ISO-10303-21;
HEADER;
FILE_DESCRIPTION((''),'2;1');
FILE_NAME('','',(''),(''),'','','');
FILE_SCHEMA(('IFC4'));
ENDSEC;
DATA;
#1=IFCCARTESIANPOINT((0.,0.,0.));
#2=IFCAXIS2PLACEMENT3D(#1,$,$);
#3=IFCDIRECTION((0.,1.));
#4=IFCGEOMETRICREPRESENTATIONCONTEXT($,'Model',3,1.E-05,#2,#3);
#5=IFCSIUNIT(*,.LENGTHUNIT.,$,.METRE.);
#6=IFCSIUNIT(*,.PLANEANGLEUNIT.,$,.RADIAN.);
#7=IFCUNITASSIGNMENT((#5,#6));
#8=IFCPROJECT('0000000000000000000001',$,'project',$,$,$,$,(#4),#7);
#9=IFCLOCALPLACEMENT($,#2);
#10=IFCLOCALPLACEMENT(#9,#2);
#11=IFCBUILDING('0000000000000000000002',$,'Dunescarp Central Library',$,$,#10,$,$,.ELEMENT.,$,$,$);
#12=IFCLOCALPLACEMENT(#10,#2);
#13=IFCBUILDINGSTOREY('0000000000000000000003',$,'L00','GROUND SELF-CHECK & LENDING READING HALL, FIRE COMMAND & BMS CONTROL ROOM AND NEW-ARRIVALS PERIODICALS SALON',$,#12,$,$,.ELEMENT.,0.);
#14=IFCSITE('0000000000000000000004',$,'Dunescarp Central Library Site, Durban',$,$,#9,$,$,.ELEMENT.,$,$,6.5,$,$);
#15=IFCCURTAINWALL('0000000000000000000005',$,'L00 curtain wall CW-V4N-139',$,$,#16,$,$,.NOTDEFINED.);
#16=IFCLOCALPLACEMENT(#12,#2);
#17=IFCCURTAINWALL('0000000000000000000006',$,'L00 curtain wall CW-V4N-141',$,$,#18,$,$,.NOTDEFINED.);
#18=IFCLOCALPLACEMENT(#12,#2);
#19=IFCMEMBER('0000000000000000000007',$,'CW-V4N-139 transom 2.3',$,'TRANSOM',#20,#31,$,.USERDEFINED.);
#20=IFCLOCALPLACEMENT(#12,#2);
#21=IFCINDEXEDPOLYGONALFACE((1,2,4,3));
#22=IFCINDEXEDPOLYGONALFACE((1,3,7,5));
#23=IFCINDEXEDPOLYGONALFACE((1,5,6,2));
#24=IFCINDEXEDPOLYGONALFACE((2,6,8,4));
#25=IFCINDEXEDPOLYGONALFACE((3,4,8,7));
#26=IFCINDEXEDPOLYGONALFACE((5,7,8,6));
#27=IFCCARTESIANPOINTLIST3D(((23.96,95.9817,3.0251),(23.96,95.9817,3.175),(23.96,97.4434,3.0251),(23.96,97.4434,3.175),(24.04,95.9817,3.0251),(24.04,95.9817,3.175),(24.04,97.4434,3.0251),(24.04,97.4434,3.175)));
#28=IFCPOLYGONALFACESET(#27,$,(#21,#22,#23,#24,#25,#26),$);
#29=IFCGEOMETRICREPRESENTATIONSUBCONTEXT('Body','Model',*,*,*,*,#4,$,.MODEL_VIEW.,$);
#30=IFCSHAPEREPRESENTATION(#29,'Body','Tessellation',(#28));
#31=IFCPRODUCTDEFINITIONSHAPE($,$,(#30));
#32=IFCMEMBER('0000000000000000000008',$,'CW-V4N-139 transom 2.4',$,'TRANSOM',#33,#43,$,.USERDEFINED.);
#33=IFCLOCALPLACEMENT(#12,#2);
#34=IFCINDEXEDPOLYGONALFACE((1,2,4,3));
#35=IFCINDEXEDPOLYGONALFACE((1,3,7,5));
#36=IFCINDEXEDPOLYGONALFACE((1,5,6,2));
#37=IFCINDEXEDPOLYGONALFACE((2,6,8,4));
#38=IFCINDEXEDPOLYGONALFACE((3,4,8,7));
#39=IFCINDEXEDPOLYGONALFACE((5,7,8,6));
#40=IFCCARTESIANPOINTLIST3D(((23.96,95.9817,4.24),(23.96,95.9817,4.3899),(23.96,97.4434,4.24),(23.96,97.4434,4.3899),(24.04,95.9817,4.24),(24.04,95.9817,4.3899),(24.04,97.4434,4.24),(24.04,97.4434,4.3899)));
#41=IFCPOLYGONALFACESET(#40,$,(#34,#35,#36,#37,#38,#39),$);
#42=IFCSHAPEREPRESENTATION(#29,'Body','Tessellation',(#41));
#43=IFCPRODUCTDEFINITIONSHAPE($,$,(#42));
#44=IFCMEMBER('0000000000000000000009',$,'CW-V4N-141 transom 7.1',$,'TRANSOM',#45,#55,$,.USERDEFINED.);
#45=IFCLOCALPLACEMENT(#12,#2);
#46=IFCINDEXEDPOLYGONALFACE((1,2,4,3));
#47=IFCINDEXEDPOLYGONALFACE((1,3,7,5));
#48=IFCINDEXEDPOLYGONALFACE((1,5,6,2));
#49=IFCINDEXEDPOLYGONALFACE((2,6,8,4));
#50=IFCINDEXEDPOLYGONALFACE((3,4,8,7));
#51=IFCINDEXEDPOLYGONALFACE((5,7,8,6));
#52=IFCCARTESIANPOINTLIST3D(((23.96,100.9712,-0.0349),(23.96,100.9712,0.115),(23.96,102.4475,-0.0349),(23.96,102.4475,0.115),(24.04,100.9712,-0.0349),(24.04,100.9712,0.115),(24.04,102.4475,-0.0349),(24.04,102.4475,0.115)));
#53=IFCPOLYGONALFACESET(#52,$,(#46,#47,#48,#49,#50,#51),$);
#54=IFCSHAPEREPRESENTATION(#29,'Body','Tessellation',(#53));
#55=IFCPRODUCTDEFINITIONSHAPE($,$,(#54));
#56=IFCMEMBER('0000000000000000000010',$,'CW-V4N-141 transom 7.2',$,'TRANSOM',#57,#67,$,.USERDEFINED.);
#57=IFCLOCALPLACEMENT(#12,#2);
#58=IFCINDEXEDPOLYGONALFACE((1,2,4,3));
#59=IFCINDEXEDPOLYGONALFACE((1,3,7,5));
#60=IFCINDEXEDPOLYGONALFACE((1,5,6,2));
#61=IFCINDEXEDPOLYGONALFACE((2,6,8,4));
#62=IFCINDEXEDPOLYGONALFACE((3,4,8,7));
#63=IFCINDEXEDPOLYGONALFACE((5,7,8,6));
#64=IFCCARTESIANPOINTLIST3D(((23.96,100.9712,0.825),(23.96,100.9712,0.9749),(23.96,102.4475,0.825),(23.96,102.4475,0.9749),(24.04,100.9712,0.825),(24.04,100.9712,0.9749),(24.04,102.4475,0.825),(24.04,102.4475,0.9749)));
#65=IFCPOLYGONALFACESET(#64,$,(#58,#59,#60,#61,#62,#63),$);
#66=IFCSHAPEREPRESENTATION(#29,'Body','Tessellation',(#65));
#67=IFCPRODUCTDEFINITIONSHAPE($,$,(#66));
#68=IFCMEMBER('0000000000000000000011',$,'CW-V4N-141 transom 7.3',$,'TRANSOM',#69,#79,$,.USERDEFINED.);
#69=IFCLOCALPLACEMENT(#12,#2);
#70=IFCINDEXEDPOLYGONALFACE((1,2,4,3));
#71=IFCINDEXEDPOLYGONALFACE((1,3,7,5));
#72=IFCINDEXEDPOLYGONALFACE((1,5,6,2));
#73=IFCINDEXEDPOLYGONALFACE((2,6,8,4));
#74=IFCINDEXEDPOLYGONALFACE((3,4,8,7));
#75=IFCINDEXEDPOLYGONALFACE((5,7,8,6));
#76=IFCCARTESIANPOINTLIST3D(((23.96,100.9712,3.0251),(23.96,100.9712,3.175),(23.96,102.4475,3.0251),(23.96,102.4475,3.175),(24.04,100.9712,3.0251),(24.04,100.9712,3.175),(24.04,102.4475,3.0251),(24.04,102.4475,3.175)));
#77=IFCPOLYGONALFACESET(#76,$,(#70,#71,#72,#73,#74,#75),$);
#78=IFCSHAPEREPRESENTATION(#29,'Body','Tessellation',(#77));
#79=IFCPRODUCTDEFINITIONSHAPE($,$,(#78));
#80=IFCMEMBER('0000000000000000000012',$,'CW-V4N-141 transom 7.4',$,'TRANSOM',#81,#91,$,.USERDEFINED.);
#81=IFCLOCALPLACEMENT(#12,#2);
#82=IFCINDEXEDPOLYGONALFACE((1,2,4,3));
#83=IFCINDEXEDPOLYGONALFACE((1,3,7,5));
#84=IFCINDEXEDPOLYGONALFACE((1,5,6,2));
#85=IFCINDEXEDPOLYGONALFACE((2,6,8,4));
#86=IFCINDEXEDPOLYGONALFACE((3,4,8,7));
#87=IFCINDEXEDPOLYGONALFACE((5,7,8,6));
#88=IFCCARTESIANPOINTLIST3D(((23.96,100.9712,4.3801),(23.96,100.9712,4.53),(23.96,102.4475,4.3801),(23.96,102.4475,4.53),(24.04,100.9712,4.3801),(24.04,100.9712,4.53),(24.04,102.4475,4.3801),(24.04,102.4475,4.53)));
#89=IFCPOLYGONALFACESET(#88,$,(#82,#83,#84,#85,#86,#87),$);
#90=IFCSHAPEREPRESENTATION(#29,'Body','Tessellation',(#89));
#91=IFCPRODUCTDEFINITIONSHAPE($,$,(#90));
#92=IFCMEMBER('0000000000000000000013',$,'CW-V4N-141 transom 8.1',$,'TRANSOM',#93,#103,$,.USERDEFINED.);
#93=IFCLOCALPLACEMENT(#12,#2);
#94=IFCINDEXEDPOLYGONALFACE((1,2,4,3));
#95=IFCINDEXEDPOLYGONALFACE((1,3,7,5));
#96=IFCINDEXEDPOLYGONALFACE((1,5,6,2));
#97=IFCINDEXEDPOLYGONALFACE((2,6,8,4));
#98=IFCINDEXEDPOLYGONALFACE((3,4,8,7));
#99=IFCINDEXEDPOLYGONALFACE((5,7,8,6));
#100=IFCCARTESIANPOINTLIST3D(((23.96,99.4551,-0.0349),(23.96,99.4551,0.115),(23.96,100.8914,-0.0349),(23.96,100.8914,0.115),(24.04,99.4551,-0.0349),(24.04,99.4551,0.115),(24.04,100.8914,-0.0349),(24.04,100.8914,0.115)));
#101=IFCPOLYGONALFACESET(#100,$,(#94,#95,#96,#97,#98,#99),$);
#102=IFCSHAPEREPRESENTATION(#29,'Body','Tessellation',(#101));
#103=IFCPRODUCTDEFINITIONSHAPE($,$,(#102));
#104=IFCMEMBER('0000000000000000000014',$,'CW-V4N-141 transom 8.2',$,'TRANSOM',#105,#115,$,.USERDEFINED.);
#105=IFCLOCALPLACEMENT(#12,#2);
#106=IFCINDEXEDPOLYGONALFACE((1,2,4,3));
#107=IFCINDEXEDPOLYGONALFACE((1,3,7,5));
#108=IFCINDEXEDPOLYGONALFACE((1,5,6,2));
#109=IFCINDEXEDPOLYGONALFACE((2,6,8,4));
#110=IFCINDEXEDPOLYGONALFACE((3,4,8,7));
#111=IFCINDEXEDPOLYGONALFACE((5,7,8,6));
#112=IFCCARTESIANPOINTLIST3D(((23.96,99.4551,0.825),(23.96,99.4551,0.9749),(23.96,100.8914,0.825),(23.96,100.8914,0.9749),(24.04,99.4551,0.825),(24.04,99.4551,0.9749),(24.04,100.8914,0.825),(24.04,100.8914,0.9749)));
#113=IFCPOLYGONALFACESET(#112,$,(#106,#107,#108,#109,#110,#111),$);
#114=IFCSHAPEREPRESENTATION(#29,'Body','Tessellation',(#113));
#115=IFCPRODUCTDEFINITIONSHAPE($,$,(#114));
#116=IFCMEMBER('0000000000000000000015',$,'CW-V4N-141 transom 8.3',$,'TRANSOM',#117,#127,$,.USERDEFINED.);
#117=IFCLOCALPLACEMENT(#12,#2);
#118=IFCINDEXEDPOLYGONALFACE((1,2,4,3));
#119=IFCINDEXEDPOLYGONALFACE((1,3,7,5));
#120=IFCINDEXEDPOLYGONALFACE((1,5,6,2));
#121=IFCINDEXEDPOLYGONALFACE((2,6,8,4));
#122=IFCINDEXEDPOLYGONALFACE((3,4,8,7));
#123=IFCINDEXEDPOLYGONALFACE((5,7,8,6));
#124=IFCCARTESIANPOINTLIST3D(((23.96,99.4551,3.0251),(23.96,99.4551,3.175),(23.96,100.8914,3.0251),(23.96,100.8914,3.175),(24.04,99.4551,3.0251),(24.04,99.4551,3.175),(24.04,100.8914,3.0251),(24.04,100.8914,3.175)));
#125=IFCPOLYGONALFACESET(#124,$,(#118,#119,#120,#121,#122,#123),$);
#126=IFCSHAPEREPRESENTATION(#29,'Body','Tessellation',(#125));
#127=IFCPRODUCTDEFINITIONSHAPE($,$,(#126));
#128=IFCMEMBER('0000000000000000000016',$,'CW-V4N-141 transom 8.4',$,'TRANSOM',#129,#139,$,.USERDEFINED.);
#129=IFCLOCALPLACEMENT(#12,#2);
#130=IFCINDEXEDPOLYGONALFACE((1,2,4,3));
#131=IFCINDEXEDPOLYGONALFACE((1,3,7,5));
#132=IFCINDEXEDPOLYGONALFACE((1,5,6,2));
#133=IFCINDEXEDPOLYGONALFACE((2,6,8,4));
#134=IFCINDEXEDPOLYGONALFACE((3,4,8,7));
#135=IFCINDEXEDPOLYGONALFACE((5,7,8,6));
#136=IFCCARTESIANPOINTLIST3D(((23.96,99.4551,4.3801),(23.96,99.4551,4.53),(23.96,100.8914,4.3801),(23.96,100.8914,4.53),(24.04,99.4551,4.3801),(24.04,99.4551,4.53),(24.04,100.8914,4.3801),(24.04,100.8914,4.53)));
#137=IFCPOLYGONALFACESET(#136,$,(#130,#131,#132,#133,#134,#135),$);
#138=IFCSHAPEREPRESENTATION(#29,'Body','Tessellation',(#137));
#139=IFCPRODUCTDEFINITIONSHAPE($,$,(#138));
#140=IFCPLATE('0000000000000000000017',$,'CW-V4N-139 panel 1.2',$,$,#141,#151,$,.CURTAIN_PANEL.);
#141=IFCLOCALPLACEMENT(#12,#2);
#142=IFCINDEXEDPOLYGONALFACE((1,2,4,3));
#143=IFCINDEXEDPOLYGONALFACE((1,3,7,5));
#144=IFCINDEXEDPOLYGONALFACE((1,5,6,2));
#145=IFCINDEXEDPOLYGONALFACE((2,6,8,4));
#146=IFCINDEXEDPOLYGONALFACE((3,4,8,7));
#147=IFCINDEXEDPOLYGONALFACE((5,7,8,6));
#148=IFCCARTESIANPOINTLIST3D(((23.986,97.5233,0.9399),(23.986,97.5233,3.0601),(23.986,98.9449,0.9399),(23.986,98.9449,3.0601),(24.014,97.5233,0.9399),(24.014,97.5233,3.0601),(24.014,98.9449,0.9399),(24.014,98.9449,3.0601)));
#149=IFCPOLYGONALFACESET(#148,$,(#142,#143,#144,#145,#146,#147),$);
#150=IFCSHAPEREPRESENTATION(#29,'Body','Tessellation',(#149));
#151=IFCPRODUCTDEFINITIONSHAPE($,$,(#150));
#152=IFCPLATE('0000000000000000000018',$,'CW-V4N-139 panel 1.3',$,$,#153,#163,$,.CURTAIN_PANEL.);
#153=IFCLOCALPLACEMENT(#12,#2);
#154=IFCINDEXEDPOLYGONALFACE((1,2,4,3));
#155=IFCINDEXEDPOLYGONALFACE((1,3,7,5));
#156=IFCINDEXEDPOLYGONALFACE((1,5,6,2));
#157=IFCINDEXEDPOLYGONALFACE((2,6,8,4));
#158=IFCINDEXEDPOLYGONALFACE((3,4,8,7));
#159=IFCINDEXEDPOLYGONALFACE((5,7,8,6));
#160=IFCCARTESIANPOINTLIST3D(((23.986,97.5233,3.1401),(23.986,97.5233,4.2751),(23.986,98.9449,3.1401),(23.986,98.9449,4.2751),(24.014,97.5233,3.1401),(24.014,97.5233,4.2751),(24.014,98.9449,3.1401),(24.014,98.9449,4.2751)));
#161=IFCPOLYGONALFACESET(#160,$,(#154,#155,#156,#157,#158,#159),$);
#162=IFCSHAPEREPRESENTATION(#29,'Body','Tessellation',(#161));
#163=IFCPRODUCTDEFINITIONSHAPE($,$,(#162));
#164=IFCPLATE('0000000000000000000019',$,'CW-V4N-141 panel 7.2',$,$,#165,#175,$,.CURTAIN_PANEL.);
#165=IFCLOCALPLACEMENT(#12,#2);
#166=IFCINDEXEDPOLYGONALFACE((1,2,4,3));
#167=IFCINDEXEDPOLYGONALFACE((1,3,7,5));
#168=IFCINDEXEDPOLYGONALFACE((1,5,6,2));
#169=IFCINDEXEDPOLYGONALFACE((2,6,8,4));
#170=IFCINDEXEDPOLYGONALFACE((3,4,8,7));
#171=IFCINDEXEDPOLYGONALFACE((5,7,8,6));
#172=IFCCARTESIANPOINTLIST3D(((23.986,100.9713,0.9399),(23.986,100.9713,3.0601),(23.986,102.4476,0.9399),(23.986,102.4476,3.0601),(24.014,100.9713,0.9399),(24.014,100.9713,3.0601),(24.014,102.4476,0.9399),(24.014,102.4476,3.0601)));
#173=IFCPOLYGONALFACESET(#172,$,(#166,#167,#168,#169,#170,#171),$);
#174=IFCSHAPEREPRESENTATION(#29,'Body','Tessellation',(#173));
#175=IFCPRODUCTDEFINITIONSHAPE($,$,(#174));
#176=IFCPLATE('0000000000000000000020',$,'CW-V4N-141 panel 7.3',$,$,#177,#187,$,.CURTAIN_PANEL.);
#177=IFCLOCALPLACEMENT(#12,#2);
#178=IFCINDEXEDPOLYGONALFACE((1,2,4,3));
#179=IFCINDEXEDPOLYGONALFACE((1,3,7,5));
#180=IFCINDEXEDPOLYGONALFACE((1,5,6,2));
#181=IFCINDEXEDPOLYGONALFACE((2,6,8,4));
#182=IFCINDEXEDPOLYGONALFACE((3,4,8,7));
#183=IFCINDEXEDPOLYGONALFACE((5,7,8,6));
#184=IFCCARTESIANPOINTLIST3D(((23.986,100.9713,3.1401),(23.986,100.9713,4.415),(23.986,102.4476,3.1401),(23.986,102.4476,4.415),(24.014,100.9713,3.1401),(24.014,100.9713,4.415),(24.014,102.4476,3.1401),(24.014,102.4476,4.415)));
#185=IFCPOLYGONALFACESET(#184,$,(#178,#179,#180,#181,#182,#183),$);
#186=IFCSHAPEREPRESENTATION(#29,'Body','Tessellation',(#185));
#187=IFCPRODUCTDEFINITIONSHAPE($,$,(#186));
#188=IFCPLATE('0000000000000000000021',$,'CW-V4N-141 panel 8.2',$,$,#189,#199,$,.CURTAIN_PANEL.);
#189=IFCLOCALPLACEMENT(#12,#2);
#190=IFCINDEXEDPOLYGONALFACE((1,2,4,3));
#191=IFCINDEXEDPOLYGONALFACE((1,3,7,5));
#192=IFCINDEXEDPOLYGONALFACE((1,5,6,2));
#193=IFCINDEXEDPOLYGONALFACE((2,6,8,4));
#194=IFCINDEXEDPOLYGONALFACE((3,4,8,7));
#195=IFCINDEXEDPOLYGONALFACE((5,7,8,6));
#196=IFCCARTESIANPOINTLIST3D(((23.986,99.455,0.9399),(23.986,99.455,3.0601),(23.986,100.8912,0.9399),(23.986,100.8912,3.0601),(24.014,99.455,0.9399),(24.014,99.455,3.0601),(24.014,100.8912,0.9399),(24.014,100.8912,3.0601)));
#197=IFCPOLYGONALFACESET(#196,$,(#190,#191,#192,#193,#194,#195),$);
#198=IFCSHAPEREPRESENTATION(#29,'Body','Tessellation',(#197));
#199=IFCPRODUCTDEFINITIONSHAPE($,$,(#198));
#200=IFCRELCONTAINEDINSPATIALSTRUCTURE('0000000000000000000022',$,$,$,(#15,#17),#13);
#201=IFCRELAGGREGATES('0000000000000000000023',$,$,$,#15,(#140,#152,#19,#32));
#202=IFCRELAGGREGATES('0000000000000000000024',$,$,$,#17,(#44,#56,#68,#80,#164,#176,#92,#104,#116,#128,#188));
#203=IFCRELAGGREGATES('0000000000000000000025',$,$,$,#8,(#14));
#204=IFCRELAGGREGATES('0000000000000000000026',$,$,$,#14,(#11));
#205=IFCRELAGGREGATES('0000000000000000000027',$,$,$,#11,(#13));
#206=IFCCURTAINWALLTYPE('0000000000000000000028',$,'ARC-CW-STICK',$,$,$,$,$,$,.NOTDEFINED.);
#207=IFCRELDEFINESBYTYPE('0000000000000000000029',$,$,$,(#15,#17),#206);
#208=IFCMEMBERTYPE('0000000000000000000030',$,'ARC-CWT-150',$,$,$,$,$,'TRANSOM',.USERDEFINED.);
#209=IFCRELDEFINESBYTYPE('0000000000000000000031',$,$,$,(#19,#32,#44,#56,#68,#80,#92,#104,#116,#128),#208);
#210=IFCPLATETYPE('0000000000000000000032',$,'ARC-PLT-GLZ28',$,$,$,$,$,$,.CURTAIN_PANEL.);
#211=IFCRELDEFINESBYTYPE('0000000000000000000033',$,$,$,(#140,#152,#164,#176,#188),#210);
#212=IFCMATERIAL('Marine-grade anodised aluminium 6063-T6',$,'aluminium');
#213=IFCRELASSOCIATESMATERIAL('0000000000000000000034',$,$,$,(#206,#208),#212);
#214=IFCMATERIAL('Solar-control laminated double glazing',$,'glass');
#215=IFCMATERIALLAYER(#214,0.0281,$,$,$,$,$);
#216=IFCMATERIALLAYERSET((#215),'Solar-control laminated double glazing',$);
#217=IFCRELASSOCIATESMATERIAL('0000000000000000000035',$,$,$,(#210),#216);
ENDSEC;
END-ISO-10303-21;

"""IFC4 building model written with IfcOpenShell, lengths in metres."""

from ifc_helpers import new_model, si_unit, direction, frame, origin, origin_2d, place, context, subcontext, project, spatial, rectangle, extrude, material, layer, layer_set, material_profile, profile_set, type_object, element, aggregate, save


model = new_model("IFC4")

# Units and contexts
model_context = context("Model", 3, precision=1e-05, world=origin(), true_north=direction((0.0, 1.0)))
body_context = subcontext(model_context, "Body", "Model", "MODEL_VIEW")
ifc_project = project(units=[si_unit("LENGTHUNIT", "METRE"), si_unit("PLANEANGLEUNIT", "RADIAN")], contexts=[model_context])

# Site, building, storey
site_placement = place(None, origin())
site = spatial("IfcSite", under=ifc_project, at=site_placement, Name="Dunescarp Central Library Site, Durban", CompositionType="ELEMENT", RefElevation=6.5)
building_placement = place(site_placement, origin())
building = spatial("IfcBuilding", under=site, at=building_placement, Name="Dunescarp Central Library", CompositionType="ELEMENT")
storey_placement = place(building_placement, origin())
storey = spatial("IfcBuildingStorey", under=building, at=storey_placement, Name="L00", Description="GROUND SELF-CHECK & LENDING READING HALL, FIRE COMMAND & BMS CONTROL ROOM AND NEW-ARRIVALS PERIODICALS SALON", CompositionType="ELEMENT", Elevation=0.0)

# Curtain walls
ifc_material_1 = material(Name="Marine-grade anodised aluminium 6063-T6", Category="aluminium")
curtain_wall_type = type_object("IfcCurtainWallType", Name="ARC-CW-STICK", PredefinedType="NOTDEFINED", material=ifc_material_1)
curtain_wall_1_placement = place(storey_placement, origin())
curtain_wall_1 = element("IfcCurtainWall", 1, at=curtain_wall_1_placement, inside=storey, type_object=curtain_wall_type, Name="L00 curtain wall CW-V4N-139", PredefinedType="NOTDEFINED")
curtain_wall_2_placement = place(storey_placement, origin())
curtain_wall_2 = element("IfcCurtainWall", 2, at=curtain_wall_2_placement, inside=storey, type_object=curtain_wall_type, Name="L00 curtain wall CW-V4N-141", PredefinedType="NOTDEFINED")

# Members
ifc_material_profile_1 = material_profile(ifc_material_1, rectangle(XDim=0.0801, YDim=0.1499, at=origin_2d()), Name="AL 80x150")
ifc_profile_set_1 = profile_set([ifc_material_profile_1], Name="Marine-grade anodised aluminium 6063-T6")
member_type_1 = type_object("IfcMemberType", Name="ARC-CWT-150", ElementType="TRANSOM", PredefinedType="USERDEFINED", material=ifc_profile_set_1)
member_1_placement = place(storey_placement, frame((24.0, 97.4434, 3.1001), z_axis=(0.0, -1.0, 0.0), x_axis=(1.0, 0.0, 0.0)))
member_1 = element("IfcMember", 3, at=member_1_placement, type_object=member_type_1, Name="CW-V4N-139 transom 2.3", ObjectType="TRANSOM", PredefinedType="USERDEFINED", context=body_context, shape_type="SweptSolid", body=[
    extrude(rectangle(XDim=0.0801, YDim=0.1499, at=origin_2d()), origin(), (0.0, 0.0, 1.0), 1.4617),
])
member_2_placement = place(storey_placement, frame((24.0, 97.4434, 4.3149), z_axis=(0.0, -1.0, 0.0), x_axis=(1.0, 0.0, 0.0)))
member_2 = element("IfcMember", 4, at=member_2_placement, type_object=member_type_1, Name="CW-V4N-139 transom 2.4", ObjectType="TRANSOM", PredefinedType="USERDEFINED", context=body_context, shape_type="SweptSolid", body=[
    extrude(rectangle(XDim=0.0801, YDim=0.1499, at=origin_2d()), origin(), (0.0, 0.0, 1.0), 1.4617),
])
member_3_placement = place(storey_placement, frame((24.0, 102.4475, 0.04), z_axis=(0.0, -1.0, 0.0), x_axis=(1.0, 0.0, 0.0)))
member_3 = element("IfcMember", 5, at=member_3_placement, type_object=member_type_1, Name="CW-V4N-141 transom 7.1", ObjectType="TRANSOM", PredefinedType="USERDEFINED", context=body_context, shape_type="SweptSolid", body=[
    extrude(rectangle(XDim=0.0801, YDim=0.1499, at=origin_2d()), origin(), (0.0, 0.0, 1.0), 1.4763),
])
member_4_placement = place(storey_placement, frame((24.0, 102.4475, 0.8999), z_axis=(0.0, -1.0, 0.0), x_axis=(1.0, 0.0, 0.0)))
member_4 = element("IfcMember", 6, at=member_4_placement, type_object=member_type_1, Name="CW-V4N-141 transom 7.2", ObjectType="TRANSOM", PredefinedType="USERDEFINED", context=body_context, shape_type="SweptSolid", body=[
    extrude(rectangle(XDim=0.0801, YDim=0.1499, at=origin_2d()), origin(), (0.0, 0.0, 1.0), 1.4763),
])
member_5_placement = place(storey_placement, frame((24.0, 102.4475, 3.1001), z_axis=(0.0, -1.0, 0.0), x_axis=(1.0, 0.0, 0.0)))
member_5 = element("IfcMember", 7, at=member_5_placement, type_object=member_type_1, Name="CW-V4N-141 transom 7.3", ObjectType="TRANSOM", PredefinedType="USERDEFINED", context=body_context, shape_type="SweptSolid", body=[
    extrude(rectangle(XDim=0.0801, YDim=0.1499, at=origin_2d()), origin(), (0.0, 0.0, 1.0), 1.4763),
])
member_6_placement = place(storey_placement, frame((24.0, 102.4475, 4.4551), z_axis=(0.0, -1.0, 0.0), x_axis=(1.0, 0.0, 0.0)))
member_6 = element("IfcMember", 8, at=member_6_placement, type_object=member_type_1, Name="CW-V4N-141 transom 7.4", ObjectType="TRANSOM", PredefinedType="USERDEFINED", context=body_context, shape_type="SweptSolid", body=[
    extrude(rectangle(XDim=0.0801, YDim=0.1499, at=origin_2d()), origin(), (0.0, 0.0, 1.0), 1.4763),
])
member_7_placement = place(storey_placement, frame((24.0, 100.8914, 0.04), z_axis=(0.0, -1.0, 0.0), x_axis=(1.0, 0.0, 0.0)))
member_7 = element("IfcMember", 9, at=member_7_placement, type_object=member_type_1, Name="CW-V4N-141 transom 8.1", ObjectType="TRANSOM", PredefinedType="USERDEFINED", context=body_context, shape_type="SweptSolid", body=[
    extrude(rectangle(XDim=0.0801, YDim=0.1499, at=origin_2d()), origin(), (0.0, 0.0, 1.0), 1.4363),
])
member_8_placement = place(storey_placement, frame((24.0, 100.8914, 0.8999), z_axis=(0.0, -1.0, 0.0), x_axis=(1.0, 0.0, 0.0)))
member_8 = element("IfcMember", 10, at=member_8_placement, type_object=member_type_1, Name="CW-V4N-141 transom 8.2", ObjectType="TRANSOM", PredefinedType="USERDEFINED", context=body_context, shape_type="SweptSolid", body=[
    extrude(rectangle(XDim=0.0801, YDim=0.1499, at=origin_2d()), origin(), (0.0, 0.0, 1.0), 1.4363),
])
member_9_placement = place(storey_placement, frame((24.0, 100.8914, 3.1001), z_axis=(0.0, -1.0, 0.0), x_axis=(1.0, 0.0, 0.0)))
member_9 = element("IfcMember", 11, at=member_9_placement, type_object=member_type_1, Name="CW-V4N-141 transom 8.3", ObjectType="TRANSOM", PredefinedType="USERDEFINED", context=body_context, shape_type="SweptSolid", body=[
    extrude(rectangle(XDim=0.0801, YDim=0.1499, at=origin_2d()), origin(), (0.0, 0.0, 1.0), 1.4363),
])
member_10_placement = place(storey_placement, frame((24.0, 100.8914, 4.4551), z_axis=(0.0, -1.0, 0.0), x_axis=(1.0, 0.0, 0.0)))
member_10 = element("IfcMember", 12, at=member_10_placement, type_object=member_type_1, Name="CW-V4N-141 transom 8.4", ObjectType="TRANSOM", PredefinedType="USERDEFINED", context=body_context, shape_type="SweptSolid", body=[
    extrude(rectangle(XDim=0.0801, YDim=0.1499, at=origin_2d()), origin(), (0.0, 0.0, 1.0), 1.4363),
])

# Plates
ifc_material_2 = material(Name="Solar-control laminated double glazing", Category="glass")
ifc_layer_1 = layer(ifc_material_2, 0.0281)
ifc_layer_set_1 = layer_set([ifc_layer_1], Name="Solar-control laminated double glazing")
plate_type_1 = type_object("IfcPlateType", Name="ARC-PLT-GLZ28", PredefinedType="CURTAIN_PANEL", material=ifc_layer_set_1)
plate_1_placement = place(storey_placement, frame((24.0, 98.2341, 0.9399), z_axis=(0.0, 0.0, 1.0), x_axis=(0.0, -1.0, 0.0)))
plate_1 = element("IfcPlate", 13, at=plate_1_placement, type_object=plate_type_1, Name="CW-V4N-139 panel 1.2", PredefinedType="CURTAIN_PANEL", context=body_context, shape_type="SweptSolid", body=[
    extrude(rectangle(XDim=1.4216, YDim=0.0281, at=origin_2d()), origin(), (0.0, 0.0, 1.0), 2.1201),
])
plate_2_placement = place(storey_placement, frame((24.0, 98.2341, 3.1401), z_axis=(0.0, 0.0, 1.0), x_axis=(0.0, -1.0, 0.0)))
plate_2 = element("IfcPlate", 14, at=plate_2_placement, type_object=plate_type_1, Name="CW-V4N-139 panel 1.3", PredefinedType="CURTAIN_PANEL", context=body_context, shape_type="SweptSolid", body=[
    extrude(rectangle(XDim=1.4216, YDim=0.0281, at=origin_2d()), origin(), (0.0, 0.0, 1.0), 1.135),
])
plate_3_placement = place(storey_placement, frame((24.0, 101.7095, 0.9399), z_axis=(0.0, 0.0, 1.0), x_axis=(0.0, -1.0, 0.0)))
plate_3 = element("IfcPlate", 15, at=plate_3_placement, type_object=plate_type_1, Name="CW-V4N-141 panel 7.2", PredefinedType="CURTAIN_PANEL", context=body_context, shape_type="SweptSolid", body=[
    extrude(rectangle(XDim=1.4763, YDim=0.0281, at=origin_2d()), origin(), (0.0, 0.0, 1.0), 2.1201),
])
plate_4_placement = place(storey_placement, frame((24.0, 101.7095, 3.1401), z_axis=(0.0, 0.0, 1.0), x_axis=(0.0, -1.0, 0.0)))
plate_4 = element("IfcPlate", 16, at=plate_4_placement, type_object=plate_type_1, Name="CW-V4N-141 panel 7.3", PredefinedType="CURTAIN_PANEL", context=body_context, shape_type="SweptSolid", body=[
    extrude(rectangle(XDim=1.4763, YDim=0.0281, at=origin_2d()), origin(), (0.0, 0.0, 1.0), 1.2749),
])
plate_5_placement = place(storey_placement, frame((24.0, 100.1731, 0.9399), z_axis=(0.0, 0.0, 1.0), x_axis=(0.0, -1.0, 0.0)))
plate_5 = element("IfcPlate", 17, at=plate_5_placement, type_object=plate_type_1, Name="CW-V4N-141 panel 8.2", PredefinedType="CURTAIN_PANEL", context=body_context, shape_type="SweptSolid", body=[
    extrude(rectangle(XDim=1.4363, YDim=0.0281, at=origin_2d()), origin(), (0.0, 0.0, 1.0), 2.1201),
])
aggregate(curtain_wall_1, [plate_1, plate_2, member_1, member_2])
aggregate(curtain_wall_2, [member_3, member_4, member_5, member_6, plate_3, plate_4, member_7, member_8, member_9, member_10, plate_5])

save(model, "model.ifc")
